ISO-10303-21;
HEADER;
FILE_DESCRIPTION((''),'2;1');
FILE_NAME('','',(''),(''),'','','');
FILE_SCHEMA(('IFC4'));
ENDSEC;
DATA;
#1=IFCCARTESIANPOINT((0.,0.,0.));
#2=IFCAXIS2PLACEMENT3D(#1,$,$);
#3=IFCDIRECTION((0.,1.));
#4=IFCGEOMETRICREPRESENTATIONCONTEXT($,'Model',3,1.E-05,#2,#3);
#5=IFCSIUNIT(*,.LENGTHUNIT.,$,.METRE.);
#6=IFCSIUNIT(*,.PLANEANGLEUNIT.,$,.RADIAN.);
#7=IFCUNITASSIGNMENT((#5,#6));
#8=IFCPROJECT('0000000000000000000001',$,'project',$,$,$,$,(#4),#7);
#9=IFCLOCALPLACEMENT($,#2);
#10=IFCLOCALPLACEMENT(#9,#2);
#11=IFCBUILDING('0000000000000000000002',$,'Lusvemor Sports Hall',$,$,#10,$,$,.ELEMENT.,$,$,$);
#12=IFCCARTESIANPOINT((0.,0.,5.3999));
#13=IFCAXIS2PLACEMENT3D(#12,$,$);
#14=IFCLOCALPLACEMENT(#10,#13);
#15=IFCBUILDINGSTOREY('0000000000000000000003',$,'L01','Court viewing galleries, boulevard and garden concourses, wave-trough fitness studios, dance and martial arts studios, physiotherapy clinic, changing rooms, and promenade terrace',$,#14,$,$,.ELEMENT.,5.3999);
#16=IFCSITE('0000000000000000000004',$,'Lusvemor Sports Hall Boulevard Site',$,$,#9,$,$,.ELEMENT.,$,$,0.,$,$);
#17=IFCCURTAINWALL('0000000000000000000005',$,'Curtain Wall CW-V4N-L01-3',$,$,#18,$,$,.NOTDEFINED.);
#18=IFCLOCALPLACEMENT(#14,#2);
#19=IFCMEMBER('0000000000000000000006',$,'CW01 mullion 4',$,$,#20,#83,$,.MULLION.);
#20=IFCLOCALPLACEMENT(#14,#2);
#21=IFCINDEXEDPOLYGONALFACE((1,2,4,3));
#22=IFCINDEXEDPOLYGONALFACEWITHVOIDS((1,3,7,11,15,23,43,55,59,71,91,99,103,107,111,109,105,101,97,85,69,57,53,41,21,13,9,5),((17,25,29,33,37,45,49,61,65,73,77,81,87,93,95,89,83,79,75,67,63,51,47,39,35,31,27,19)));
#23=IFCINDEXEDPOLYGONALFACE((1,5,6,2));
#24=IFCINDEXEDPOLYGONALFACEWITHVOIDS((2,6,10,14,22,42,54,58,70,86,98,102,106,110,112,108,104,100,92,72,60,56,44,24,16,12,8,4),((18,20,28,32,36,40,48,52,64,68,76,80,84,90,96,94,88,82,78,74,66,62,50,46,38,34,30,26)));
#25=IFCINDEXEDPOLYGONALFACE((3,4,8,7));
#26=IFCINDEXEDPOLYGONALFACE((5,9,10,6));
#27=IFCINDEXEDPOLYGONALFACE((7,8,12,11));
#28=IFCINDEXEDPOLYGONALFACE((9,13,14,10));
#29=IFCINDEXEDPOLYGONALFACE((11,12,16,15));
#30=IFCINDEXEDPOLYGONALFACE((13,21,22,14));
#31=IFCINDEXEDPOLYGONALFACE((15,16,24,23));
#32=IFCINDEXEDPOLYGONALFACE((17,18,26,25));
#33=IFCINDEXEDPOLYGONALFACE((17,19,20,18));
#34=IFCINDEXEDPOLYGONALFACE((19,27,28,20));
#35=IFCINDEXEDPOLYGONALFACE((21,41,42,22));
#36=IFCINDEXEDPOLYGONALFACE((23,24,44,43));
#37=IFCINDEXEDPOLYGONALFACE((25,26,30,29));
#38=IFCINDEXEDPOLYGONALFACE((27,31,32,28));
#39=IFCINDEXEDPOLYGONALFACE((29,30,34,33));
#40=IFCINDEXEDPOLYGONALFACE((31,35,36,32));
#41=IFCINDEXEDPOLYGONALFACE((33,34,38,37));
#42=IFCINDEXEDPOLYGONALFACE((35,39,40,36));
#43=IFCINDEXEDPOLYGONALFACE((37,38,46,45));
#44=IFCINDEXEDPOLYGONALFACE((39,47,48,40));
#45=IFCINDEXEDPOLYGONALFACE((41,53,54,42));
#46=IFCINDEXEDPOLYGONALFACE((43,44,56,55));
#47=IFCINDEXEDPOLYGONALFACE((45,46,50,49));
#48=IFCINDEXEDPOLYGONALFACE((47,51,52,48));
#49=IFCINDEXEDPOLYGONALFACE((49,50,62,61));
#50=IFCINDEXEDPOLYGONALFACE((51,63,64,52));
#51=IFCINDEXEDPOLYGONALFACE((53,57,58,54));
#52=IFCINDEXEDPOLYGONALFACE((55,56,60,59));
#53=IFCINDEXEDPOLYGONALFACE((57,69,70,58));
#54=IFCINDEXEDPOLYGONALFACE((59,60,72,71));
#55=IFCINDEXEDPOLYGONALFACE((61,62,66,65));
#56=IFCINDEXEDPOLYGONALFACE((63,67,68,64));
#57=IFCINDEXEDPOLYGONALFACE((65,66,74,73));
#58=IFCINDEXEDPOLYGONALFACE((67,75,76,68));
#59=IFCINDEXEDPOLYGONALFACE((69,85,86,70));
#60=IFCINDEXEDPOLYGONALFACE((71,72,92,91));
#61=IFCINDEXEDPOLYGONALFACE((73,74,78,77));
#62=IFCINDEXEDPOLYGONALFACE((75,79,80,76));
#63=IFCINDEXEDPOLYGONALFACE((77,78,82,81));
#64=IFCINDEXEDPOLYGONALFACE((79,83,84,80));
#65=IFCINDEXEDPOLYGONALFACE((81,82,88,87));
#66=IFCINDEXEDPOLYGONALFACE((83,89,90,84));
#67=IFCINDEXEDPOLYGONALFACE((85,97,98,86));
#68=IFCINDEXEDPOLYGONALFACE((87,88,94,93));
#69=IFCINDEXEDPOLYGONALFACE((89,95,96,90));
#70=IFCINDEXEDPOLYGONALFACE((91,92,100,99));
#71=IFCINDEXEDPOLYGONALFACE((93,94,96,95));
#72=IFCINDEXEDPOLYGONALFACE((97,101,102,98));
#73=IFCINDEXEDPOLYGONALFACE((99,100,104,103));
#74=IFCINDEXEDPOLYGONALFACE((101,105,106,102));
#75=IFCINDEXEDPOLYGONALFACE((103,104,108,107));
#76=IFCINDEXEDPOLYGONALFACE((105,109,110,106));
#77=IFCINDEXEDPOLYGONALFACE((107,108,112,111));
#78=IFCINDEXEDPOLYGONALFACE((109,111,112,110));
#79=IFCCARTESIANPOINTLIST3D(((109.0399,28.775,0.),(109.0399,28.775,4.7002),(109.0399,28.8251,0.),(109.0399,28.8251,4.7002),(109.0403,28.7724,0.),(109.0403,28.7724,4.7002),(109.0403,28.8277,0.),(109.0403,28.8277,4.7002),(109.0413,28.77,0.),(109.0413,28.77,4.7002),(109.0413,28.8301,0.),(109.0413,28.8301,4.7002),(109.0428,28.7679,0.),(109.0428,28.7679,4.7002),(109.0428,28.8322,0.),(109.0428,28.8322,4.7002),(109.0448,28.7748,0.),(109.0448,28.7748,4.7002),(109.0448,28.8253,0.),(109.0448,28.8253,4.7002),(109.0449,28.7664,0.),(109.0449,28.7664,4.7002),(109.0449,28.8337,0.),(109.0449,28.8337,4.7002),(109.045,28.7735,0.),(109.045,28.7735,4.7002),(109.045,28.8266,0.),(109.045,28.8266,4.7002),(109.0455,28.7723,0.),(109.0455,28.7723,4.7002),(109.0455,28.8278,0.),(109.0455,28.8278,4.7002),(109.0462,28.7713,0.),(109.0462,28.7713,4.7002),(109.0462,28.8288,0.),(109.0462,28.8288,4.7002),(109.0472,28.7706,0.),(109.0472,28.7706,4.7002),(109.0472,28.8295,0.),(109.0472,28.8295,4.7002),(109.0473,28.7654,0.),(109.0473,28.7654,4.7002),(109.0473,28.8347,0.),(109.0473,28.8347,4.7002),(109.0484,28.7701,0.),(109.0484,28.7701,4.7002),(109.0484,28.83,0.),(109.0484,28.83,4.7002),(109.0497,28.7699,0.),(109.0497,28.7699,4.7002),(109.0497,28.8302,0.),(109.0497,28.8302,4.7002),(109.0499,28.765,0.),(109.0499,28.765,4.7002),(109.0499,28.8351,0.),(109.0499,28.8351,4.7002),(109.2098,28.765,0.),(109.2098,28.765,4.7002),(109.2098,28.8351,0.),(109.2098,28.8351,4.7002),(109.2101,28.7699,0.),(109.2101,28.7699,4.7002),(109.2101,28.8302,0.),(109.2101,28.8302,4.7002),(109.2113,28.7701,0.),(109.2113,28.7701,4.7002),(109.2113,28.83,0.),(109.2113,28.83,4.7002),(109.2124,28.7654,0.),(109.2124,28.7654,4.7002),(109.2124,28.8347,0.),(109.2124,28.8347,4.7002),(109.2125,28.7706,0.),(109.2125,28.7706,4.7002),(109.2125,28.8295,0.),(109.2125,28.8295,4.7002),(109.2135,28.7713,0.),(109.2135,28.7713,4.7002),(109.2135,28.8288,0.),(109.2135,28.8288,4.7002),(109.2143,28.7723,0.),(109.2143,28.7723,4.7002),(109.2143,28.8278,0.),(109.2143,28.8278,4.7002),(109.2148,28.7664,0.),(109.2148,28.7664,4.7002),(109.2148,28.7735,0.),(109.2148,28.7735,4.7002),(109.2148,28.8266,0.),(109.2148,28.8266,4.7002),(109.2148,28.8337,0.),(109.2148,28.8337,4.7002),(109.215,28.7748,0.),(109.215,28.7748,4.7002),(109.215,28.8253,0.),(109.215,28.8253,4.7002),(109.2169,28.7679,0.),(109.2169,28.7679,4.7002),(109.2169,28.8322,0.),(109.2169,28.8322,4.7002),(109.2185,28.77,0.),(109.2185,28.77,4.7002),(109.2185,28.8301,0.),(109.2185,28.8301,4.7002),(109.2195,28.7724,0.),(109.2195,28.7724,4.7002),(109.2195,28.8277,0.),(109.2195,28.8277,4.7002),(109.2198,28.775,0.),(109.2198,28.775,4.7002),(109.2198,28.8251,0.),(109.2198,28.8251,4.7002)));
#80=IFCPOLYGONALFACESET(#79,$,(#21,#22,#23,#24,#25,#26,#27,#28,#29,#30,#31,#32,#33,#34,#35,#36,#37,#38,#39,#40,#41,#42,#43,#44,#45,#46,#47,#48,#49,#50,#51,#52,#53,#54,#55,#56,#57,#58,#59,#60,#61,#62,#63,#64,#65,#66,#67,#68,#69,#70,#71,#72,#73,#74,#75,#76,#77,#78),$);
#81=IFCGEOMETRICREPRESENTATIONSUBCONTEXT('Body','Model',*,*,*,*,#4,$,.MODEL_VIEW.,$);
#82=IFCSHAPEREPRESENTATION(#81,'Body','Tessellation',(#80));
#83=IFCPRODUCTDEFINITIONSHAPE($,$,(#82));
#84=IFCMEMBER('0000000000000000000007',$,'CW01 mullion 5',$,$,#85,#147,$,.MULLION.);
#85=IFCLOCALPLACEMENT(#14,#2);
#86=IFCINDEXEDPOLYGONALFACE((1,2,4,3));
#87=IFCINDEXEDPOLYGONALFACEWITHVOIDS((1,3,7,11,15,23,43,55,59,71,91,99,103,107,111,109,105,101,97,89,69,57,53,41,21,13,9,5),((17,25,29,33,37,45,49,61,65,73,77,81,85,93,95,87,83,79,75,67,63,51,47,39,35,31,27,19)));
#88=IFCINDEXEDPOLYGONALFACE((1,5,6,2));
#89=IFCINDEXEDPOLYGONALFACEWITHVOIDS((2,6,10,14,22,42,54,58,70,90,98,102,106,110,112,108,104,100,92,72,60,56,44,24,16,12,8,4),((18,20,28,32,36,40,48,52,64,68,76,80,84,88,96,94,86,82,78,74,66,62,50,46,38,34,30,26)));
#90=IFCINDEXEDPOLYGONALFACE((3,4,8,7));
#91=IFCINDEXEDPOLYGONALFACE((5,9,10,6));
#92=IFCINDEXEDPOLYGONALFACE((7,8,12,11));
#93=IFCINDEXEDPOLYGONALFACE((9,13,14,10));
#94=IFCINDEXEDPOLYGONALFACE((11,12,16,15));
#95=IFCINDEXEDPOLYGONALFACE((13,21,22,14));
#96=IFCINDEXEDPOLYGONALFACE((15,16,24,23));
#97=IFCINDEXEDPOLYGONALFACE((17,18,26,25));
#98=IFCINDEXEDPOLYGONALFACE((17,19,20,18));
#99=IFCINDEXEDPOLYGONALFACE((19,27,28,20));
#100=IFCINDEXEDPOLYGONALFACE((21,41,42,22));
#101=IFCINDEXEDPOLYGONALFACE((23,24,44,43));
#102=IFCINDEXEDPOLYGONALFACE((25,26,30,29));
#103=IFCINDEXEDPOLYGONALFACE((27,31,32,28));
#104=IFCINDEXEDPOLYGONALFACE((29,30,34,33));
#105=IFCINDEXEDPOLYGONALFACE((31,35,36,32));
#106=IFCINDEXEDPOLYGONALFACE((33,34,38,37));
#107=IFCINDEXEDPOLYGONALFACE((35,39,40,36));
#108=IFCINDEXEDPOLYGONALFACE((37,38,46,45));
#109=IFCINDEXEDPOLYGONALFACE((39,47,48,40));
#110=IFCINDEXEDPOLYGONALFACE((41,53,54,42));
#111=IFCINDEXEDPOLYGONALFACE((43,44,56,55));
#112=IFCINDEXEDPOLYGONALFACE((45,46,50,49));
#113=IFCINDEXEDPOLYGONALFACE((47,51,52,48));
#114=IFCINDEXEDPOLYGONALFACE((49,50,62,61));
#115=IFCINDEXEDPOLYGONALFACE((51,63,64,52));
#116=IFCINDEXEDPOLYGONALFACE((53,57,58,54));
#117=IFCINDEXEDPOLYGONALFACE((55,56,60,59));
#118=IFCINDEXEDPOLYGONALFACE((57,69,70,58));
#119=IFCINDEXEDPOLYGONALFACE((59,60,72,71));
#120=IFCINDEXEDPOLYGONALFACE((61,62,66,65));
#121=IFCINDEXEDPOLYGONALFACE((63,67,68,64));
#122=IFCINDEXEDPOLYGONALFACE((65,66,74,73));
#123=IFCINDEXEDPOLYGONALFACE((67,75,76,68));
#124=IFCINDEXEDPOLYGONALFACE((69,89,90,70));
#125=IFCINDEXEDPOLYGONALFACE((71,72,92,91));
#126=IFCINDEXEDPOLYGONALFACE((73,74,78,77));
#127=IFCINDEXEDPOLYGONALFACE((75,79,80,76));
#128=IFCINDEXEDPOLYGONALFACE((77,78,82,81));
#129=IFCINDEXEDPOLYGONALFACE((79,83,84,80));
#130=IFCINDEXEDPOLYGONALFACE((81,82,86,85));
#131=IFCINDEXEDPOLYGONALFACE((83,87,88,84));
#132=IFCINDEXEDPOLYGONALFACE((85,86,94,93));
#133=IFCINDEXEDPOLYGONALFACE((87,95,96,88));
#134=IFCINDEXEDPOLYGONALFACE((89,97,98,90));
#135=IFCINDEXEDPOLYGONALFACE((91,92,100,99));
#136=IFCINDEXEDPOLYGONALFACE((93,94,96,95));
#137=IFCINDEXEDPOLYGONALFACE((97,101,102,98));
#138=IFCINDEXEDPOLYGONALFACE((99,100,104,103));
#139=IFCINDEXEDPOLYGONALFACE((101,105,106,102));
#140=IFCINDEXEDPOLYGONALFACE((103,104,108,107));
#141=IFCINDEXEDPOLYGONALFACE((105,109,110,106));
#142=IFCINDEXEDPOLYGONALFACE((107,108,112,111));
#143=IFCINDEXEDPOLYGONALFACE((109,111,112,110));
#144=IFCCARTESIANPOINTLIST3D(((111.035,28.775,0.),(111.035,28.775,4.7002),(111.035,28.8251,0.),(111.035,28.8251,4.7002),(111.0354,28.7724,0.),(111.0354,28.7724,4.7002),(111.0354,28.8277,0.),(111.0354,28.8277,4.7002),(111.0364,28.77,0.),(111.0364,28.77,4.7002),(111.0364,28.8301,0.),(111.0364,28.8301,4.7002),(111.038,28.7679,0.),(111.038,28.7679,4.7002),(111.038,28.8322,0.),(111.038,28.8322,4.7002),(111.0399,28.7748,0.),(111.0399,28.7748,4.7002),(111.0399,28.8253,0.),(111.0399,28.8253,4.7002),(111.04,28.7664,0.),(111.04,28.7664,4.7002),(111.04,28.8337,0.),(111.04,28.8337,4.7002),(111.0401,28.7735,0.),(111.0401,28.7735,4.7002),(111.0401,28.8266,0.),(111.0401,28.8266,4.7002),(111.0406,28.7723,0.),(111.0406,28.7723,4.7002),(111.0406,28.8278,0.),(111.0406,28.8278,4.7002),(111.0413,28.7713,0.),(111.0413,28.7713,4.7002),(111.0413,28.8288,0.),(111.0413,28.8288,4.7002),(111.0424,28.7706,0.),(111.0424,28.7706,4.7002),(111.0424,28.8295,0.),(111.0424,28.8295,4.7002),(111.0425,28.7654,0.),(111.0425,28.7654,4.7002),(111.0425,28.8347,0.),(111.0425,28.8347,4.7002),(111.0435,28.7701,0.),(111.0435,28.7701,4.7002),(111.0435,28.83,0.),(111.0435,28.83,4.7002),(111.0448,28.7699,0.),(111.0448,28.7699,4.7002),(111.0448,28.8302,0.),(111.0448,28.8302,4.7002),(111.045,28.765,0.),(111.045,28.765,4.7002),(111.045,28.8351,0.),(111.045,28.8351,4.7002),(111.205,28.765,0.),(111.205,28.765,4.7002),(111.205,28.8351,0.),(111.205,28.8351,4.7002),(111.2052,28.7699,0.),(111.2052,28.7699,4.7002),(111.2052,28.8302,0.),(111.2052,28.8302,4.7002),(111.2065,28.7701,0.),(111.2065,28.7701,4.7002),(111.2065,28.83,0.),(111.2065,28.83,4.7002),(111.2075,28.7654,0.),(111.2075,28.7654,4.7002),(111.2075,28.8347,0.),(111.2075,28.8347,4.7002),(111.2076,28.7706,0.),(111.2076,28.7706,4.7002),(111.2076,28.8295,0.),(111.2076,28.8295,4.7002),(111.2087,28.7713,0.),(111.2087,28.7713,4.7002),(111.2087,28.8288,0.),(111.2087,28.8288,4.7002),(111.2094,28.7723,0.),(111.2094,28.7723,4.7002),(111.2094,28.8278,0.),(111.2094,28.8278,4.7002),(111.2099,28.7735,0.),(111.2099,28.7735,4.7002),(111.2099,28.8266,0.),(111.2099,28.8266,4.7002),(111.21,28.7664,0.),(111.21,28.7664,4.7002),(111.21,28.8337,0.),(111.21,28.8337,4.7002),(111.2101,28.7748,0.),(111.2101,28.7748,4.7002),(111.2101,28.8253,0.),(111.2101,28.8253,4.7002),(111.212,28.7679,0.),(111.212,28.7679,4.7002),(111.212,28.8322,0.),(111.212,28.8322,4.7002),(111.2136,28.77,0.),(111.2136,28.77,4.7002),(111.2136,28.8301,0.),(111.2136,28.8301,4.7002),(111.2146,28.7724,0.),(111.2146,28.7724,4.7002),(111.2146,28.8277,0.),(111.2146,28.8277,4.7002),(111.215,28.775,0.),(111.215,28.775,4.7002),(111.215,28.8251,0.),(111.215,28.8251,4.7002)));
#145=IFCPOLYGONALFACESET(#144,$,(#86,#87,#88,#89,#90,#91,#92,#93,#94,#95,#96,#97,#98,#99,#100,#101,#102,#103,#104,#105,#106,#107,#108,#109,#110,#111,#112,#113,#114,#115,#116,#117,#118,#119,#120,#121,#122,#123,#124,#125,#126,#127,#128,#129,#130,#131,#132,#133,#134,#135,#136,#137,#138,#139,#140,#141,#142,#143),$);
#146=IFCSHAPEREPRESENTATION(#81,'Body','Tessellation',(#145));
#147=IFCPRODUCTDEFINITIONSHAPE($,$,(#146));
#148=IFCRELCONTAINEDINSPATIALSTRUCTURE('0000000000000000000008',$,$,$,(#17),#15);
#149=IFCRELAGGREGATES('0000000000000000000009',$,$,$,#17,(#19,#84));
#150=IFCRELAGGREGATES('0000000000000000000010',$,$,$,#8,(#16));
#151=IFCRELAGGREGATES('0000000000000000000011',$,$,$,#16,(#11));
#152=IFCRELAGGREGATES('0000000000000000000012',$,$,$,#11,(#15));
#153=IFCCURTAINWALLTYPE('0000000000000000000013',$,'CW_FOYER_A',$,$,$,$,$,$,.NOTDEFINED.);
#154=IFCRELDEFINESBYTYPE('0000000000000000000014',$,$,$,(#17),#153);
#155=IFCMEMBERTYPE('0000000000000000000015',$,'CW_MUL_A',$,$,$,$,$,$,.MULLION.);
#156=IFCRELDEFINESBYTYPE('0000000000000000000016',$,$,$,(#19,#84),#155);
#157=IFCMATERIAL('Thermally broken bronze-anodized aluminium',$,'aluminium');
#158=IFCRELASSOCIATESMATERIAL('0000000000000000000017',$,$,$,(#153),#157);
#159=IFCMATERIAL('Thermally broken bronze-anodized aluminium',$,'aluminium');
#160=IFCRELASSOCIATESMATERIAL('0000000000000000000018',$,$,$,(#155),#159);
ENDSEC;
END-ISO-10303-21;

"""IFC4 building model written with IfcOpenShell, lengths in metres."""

from ifc_helpers import new_model, si_unit, direction, frame, origin, origin_2d, place, context, subcontext, project, spatial, hollow_rectangle, extrude, material, material_profile, profile_set, type_object, element, aggregate, save


model = new_model("IFC4")

# Units and contexts
model_context = context("Model", 3, precision=1e-05, world=origin(), true_north=direction((0.0, 1.0)))
body_context = subcontext(model_context, "Body", "Model", "MODEL_VIEW")
ifc_project = project(units=[si_unit("LENGTHUNIT", "METRE"), si_unit("PLANEANGLEUNIT", "RADIAN")], contexts=[model_context])

# Site, building, storey
site_placement = place(None, origin())
site = spatial("IfcSite", under=ifc_project, at=site_placement, Name="Lusvemor Sports Hall Boulevard Site", CompositionType="ELEMENT", RefElevation=0.0)
building_placement = place(site_placement, origin())
building = spatial("IfcBuilding", under=site, at=building_placement, Name="Lusvemor Sports Hall", CompositionType="ELEMENT")
storey_placement = place(building_placement, frame((0.0, 0.0, 5.3999)))
storey = spatial("IfcBuildingStorey", under=building, at=storey_placement, Name="L01", Description="Court viewing galleries, boulevard and garden concourses, wave-trough fitness studios, dance and martial arts studios, physiotherapy clinic, changing rooms, and promenade terrace", CompositionType="ELEMENT", Elevation=5.3999)

# Curtain wall, members
ifc_material_1 = material(Name="Thermally broken bronze-anodized aluminium", Category="aluminium")
curtain_wall_type = type_object("IfcCurtainWallType", Name="CW_FOYER_A", PredefinedType="NOTDEFINED", material=ifc_material_1)
curtain_wall_1_placement = place(storey_placement, origin())
curtain_wall_1 = element("IfcCurtainWall", 1, at=curtain_wall_1_placement, inside=storey, type_object=curtain_wall_type, Name="Curtain Wall CW-V4N-L01-3", PredefinedType="NOTDEFINED")
ifc_material_2 = material(Name="Thermally broken bronze-anodized aluminium", Category="aluminium")
ifc_material_profile_1 = material_profile(ifc_material_2, hollow_rectangle(XDim=0.0701, YDim=0.1799, WallThickness=0.0049, InnerFilletRadius=0.0049, OuterFilletRadius=0.01, at=origin_2d()), Name="CWMUL180x70x5")
ifc_profile_set_1 = profile_set([ifc_material_profile_1], Name="Thermally broken bronze-anodized aluminium")
member_type_1 = type_object("IfcMemberType", Name="CW_MUL_A", PredefinedType="MULLION", material=ifc_profile_set_1)
member_1_placement = place(storey_placement, frame((109.1299, 28.8, 0.0), z_axis=(0.0, 0.0, 1.0), x_axis=(0.0, 1.0, 0.0)))
member_1 = element("IfcMember", 2, at=member_1_placement, type_object=member_type_1, Name="CW01 mullion 4", PredefinedType="MULLION", context=body_context, shape_type="SweptSolid", body=[
    extrude(hollow_rectangle(XDim=0.0701, YDim=0.1799, WallThickness=0.0049, InnerFilletRadius=0.0049, OuterFilletRadius=0.01, at=origin_2d()), origin(), (0.0, 0.0, 1.0), 4.7002),
])
member_2_placement = place(storey_placement, frame((111.125, 28.8, 0.0), z_axis=(0.0, 0.0, 1.0), x_axis=(0.0, 1.0, 0.0)))
member_2 = element("IfcMember", 3, at=member_2_placement, type_object=member_type_1, Name="CW01 mullion 5", PredefinedType="MULLION", context=body_context, shape_type="SweptSolid", body=[
    extrude(hollow_rectangle(XDim=0.0701, YDim=0.1799, WallThickness=0.0049, InnerFilletRadius=0.0049, OuterFilletRadius=0.01, at=origin_2d()), origin(), (0.0, 0.0, 1.0), 4.7002),
])

aggregate(curtain_wall_1, [member_1, member_2])

save(model, "model.ifc")
